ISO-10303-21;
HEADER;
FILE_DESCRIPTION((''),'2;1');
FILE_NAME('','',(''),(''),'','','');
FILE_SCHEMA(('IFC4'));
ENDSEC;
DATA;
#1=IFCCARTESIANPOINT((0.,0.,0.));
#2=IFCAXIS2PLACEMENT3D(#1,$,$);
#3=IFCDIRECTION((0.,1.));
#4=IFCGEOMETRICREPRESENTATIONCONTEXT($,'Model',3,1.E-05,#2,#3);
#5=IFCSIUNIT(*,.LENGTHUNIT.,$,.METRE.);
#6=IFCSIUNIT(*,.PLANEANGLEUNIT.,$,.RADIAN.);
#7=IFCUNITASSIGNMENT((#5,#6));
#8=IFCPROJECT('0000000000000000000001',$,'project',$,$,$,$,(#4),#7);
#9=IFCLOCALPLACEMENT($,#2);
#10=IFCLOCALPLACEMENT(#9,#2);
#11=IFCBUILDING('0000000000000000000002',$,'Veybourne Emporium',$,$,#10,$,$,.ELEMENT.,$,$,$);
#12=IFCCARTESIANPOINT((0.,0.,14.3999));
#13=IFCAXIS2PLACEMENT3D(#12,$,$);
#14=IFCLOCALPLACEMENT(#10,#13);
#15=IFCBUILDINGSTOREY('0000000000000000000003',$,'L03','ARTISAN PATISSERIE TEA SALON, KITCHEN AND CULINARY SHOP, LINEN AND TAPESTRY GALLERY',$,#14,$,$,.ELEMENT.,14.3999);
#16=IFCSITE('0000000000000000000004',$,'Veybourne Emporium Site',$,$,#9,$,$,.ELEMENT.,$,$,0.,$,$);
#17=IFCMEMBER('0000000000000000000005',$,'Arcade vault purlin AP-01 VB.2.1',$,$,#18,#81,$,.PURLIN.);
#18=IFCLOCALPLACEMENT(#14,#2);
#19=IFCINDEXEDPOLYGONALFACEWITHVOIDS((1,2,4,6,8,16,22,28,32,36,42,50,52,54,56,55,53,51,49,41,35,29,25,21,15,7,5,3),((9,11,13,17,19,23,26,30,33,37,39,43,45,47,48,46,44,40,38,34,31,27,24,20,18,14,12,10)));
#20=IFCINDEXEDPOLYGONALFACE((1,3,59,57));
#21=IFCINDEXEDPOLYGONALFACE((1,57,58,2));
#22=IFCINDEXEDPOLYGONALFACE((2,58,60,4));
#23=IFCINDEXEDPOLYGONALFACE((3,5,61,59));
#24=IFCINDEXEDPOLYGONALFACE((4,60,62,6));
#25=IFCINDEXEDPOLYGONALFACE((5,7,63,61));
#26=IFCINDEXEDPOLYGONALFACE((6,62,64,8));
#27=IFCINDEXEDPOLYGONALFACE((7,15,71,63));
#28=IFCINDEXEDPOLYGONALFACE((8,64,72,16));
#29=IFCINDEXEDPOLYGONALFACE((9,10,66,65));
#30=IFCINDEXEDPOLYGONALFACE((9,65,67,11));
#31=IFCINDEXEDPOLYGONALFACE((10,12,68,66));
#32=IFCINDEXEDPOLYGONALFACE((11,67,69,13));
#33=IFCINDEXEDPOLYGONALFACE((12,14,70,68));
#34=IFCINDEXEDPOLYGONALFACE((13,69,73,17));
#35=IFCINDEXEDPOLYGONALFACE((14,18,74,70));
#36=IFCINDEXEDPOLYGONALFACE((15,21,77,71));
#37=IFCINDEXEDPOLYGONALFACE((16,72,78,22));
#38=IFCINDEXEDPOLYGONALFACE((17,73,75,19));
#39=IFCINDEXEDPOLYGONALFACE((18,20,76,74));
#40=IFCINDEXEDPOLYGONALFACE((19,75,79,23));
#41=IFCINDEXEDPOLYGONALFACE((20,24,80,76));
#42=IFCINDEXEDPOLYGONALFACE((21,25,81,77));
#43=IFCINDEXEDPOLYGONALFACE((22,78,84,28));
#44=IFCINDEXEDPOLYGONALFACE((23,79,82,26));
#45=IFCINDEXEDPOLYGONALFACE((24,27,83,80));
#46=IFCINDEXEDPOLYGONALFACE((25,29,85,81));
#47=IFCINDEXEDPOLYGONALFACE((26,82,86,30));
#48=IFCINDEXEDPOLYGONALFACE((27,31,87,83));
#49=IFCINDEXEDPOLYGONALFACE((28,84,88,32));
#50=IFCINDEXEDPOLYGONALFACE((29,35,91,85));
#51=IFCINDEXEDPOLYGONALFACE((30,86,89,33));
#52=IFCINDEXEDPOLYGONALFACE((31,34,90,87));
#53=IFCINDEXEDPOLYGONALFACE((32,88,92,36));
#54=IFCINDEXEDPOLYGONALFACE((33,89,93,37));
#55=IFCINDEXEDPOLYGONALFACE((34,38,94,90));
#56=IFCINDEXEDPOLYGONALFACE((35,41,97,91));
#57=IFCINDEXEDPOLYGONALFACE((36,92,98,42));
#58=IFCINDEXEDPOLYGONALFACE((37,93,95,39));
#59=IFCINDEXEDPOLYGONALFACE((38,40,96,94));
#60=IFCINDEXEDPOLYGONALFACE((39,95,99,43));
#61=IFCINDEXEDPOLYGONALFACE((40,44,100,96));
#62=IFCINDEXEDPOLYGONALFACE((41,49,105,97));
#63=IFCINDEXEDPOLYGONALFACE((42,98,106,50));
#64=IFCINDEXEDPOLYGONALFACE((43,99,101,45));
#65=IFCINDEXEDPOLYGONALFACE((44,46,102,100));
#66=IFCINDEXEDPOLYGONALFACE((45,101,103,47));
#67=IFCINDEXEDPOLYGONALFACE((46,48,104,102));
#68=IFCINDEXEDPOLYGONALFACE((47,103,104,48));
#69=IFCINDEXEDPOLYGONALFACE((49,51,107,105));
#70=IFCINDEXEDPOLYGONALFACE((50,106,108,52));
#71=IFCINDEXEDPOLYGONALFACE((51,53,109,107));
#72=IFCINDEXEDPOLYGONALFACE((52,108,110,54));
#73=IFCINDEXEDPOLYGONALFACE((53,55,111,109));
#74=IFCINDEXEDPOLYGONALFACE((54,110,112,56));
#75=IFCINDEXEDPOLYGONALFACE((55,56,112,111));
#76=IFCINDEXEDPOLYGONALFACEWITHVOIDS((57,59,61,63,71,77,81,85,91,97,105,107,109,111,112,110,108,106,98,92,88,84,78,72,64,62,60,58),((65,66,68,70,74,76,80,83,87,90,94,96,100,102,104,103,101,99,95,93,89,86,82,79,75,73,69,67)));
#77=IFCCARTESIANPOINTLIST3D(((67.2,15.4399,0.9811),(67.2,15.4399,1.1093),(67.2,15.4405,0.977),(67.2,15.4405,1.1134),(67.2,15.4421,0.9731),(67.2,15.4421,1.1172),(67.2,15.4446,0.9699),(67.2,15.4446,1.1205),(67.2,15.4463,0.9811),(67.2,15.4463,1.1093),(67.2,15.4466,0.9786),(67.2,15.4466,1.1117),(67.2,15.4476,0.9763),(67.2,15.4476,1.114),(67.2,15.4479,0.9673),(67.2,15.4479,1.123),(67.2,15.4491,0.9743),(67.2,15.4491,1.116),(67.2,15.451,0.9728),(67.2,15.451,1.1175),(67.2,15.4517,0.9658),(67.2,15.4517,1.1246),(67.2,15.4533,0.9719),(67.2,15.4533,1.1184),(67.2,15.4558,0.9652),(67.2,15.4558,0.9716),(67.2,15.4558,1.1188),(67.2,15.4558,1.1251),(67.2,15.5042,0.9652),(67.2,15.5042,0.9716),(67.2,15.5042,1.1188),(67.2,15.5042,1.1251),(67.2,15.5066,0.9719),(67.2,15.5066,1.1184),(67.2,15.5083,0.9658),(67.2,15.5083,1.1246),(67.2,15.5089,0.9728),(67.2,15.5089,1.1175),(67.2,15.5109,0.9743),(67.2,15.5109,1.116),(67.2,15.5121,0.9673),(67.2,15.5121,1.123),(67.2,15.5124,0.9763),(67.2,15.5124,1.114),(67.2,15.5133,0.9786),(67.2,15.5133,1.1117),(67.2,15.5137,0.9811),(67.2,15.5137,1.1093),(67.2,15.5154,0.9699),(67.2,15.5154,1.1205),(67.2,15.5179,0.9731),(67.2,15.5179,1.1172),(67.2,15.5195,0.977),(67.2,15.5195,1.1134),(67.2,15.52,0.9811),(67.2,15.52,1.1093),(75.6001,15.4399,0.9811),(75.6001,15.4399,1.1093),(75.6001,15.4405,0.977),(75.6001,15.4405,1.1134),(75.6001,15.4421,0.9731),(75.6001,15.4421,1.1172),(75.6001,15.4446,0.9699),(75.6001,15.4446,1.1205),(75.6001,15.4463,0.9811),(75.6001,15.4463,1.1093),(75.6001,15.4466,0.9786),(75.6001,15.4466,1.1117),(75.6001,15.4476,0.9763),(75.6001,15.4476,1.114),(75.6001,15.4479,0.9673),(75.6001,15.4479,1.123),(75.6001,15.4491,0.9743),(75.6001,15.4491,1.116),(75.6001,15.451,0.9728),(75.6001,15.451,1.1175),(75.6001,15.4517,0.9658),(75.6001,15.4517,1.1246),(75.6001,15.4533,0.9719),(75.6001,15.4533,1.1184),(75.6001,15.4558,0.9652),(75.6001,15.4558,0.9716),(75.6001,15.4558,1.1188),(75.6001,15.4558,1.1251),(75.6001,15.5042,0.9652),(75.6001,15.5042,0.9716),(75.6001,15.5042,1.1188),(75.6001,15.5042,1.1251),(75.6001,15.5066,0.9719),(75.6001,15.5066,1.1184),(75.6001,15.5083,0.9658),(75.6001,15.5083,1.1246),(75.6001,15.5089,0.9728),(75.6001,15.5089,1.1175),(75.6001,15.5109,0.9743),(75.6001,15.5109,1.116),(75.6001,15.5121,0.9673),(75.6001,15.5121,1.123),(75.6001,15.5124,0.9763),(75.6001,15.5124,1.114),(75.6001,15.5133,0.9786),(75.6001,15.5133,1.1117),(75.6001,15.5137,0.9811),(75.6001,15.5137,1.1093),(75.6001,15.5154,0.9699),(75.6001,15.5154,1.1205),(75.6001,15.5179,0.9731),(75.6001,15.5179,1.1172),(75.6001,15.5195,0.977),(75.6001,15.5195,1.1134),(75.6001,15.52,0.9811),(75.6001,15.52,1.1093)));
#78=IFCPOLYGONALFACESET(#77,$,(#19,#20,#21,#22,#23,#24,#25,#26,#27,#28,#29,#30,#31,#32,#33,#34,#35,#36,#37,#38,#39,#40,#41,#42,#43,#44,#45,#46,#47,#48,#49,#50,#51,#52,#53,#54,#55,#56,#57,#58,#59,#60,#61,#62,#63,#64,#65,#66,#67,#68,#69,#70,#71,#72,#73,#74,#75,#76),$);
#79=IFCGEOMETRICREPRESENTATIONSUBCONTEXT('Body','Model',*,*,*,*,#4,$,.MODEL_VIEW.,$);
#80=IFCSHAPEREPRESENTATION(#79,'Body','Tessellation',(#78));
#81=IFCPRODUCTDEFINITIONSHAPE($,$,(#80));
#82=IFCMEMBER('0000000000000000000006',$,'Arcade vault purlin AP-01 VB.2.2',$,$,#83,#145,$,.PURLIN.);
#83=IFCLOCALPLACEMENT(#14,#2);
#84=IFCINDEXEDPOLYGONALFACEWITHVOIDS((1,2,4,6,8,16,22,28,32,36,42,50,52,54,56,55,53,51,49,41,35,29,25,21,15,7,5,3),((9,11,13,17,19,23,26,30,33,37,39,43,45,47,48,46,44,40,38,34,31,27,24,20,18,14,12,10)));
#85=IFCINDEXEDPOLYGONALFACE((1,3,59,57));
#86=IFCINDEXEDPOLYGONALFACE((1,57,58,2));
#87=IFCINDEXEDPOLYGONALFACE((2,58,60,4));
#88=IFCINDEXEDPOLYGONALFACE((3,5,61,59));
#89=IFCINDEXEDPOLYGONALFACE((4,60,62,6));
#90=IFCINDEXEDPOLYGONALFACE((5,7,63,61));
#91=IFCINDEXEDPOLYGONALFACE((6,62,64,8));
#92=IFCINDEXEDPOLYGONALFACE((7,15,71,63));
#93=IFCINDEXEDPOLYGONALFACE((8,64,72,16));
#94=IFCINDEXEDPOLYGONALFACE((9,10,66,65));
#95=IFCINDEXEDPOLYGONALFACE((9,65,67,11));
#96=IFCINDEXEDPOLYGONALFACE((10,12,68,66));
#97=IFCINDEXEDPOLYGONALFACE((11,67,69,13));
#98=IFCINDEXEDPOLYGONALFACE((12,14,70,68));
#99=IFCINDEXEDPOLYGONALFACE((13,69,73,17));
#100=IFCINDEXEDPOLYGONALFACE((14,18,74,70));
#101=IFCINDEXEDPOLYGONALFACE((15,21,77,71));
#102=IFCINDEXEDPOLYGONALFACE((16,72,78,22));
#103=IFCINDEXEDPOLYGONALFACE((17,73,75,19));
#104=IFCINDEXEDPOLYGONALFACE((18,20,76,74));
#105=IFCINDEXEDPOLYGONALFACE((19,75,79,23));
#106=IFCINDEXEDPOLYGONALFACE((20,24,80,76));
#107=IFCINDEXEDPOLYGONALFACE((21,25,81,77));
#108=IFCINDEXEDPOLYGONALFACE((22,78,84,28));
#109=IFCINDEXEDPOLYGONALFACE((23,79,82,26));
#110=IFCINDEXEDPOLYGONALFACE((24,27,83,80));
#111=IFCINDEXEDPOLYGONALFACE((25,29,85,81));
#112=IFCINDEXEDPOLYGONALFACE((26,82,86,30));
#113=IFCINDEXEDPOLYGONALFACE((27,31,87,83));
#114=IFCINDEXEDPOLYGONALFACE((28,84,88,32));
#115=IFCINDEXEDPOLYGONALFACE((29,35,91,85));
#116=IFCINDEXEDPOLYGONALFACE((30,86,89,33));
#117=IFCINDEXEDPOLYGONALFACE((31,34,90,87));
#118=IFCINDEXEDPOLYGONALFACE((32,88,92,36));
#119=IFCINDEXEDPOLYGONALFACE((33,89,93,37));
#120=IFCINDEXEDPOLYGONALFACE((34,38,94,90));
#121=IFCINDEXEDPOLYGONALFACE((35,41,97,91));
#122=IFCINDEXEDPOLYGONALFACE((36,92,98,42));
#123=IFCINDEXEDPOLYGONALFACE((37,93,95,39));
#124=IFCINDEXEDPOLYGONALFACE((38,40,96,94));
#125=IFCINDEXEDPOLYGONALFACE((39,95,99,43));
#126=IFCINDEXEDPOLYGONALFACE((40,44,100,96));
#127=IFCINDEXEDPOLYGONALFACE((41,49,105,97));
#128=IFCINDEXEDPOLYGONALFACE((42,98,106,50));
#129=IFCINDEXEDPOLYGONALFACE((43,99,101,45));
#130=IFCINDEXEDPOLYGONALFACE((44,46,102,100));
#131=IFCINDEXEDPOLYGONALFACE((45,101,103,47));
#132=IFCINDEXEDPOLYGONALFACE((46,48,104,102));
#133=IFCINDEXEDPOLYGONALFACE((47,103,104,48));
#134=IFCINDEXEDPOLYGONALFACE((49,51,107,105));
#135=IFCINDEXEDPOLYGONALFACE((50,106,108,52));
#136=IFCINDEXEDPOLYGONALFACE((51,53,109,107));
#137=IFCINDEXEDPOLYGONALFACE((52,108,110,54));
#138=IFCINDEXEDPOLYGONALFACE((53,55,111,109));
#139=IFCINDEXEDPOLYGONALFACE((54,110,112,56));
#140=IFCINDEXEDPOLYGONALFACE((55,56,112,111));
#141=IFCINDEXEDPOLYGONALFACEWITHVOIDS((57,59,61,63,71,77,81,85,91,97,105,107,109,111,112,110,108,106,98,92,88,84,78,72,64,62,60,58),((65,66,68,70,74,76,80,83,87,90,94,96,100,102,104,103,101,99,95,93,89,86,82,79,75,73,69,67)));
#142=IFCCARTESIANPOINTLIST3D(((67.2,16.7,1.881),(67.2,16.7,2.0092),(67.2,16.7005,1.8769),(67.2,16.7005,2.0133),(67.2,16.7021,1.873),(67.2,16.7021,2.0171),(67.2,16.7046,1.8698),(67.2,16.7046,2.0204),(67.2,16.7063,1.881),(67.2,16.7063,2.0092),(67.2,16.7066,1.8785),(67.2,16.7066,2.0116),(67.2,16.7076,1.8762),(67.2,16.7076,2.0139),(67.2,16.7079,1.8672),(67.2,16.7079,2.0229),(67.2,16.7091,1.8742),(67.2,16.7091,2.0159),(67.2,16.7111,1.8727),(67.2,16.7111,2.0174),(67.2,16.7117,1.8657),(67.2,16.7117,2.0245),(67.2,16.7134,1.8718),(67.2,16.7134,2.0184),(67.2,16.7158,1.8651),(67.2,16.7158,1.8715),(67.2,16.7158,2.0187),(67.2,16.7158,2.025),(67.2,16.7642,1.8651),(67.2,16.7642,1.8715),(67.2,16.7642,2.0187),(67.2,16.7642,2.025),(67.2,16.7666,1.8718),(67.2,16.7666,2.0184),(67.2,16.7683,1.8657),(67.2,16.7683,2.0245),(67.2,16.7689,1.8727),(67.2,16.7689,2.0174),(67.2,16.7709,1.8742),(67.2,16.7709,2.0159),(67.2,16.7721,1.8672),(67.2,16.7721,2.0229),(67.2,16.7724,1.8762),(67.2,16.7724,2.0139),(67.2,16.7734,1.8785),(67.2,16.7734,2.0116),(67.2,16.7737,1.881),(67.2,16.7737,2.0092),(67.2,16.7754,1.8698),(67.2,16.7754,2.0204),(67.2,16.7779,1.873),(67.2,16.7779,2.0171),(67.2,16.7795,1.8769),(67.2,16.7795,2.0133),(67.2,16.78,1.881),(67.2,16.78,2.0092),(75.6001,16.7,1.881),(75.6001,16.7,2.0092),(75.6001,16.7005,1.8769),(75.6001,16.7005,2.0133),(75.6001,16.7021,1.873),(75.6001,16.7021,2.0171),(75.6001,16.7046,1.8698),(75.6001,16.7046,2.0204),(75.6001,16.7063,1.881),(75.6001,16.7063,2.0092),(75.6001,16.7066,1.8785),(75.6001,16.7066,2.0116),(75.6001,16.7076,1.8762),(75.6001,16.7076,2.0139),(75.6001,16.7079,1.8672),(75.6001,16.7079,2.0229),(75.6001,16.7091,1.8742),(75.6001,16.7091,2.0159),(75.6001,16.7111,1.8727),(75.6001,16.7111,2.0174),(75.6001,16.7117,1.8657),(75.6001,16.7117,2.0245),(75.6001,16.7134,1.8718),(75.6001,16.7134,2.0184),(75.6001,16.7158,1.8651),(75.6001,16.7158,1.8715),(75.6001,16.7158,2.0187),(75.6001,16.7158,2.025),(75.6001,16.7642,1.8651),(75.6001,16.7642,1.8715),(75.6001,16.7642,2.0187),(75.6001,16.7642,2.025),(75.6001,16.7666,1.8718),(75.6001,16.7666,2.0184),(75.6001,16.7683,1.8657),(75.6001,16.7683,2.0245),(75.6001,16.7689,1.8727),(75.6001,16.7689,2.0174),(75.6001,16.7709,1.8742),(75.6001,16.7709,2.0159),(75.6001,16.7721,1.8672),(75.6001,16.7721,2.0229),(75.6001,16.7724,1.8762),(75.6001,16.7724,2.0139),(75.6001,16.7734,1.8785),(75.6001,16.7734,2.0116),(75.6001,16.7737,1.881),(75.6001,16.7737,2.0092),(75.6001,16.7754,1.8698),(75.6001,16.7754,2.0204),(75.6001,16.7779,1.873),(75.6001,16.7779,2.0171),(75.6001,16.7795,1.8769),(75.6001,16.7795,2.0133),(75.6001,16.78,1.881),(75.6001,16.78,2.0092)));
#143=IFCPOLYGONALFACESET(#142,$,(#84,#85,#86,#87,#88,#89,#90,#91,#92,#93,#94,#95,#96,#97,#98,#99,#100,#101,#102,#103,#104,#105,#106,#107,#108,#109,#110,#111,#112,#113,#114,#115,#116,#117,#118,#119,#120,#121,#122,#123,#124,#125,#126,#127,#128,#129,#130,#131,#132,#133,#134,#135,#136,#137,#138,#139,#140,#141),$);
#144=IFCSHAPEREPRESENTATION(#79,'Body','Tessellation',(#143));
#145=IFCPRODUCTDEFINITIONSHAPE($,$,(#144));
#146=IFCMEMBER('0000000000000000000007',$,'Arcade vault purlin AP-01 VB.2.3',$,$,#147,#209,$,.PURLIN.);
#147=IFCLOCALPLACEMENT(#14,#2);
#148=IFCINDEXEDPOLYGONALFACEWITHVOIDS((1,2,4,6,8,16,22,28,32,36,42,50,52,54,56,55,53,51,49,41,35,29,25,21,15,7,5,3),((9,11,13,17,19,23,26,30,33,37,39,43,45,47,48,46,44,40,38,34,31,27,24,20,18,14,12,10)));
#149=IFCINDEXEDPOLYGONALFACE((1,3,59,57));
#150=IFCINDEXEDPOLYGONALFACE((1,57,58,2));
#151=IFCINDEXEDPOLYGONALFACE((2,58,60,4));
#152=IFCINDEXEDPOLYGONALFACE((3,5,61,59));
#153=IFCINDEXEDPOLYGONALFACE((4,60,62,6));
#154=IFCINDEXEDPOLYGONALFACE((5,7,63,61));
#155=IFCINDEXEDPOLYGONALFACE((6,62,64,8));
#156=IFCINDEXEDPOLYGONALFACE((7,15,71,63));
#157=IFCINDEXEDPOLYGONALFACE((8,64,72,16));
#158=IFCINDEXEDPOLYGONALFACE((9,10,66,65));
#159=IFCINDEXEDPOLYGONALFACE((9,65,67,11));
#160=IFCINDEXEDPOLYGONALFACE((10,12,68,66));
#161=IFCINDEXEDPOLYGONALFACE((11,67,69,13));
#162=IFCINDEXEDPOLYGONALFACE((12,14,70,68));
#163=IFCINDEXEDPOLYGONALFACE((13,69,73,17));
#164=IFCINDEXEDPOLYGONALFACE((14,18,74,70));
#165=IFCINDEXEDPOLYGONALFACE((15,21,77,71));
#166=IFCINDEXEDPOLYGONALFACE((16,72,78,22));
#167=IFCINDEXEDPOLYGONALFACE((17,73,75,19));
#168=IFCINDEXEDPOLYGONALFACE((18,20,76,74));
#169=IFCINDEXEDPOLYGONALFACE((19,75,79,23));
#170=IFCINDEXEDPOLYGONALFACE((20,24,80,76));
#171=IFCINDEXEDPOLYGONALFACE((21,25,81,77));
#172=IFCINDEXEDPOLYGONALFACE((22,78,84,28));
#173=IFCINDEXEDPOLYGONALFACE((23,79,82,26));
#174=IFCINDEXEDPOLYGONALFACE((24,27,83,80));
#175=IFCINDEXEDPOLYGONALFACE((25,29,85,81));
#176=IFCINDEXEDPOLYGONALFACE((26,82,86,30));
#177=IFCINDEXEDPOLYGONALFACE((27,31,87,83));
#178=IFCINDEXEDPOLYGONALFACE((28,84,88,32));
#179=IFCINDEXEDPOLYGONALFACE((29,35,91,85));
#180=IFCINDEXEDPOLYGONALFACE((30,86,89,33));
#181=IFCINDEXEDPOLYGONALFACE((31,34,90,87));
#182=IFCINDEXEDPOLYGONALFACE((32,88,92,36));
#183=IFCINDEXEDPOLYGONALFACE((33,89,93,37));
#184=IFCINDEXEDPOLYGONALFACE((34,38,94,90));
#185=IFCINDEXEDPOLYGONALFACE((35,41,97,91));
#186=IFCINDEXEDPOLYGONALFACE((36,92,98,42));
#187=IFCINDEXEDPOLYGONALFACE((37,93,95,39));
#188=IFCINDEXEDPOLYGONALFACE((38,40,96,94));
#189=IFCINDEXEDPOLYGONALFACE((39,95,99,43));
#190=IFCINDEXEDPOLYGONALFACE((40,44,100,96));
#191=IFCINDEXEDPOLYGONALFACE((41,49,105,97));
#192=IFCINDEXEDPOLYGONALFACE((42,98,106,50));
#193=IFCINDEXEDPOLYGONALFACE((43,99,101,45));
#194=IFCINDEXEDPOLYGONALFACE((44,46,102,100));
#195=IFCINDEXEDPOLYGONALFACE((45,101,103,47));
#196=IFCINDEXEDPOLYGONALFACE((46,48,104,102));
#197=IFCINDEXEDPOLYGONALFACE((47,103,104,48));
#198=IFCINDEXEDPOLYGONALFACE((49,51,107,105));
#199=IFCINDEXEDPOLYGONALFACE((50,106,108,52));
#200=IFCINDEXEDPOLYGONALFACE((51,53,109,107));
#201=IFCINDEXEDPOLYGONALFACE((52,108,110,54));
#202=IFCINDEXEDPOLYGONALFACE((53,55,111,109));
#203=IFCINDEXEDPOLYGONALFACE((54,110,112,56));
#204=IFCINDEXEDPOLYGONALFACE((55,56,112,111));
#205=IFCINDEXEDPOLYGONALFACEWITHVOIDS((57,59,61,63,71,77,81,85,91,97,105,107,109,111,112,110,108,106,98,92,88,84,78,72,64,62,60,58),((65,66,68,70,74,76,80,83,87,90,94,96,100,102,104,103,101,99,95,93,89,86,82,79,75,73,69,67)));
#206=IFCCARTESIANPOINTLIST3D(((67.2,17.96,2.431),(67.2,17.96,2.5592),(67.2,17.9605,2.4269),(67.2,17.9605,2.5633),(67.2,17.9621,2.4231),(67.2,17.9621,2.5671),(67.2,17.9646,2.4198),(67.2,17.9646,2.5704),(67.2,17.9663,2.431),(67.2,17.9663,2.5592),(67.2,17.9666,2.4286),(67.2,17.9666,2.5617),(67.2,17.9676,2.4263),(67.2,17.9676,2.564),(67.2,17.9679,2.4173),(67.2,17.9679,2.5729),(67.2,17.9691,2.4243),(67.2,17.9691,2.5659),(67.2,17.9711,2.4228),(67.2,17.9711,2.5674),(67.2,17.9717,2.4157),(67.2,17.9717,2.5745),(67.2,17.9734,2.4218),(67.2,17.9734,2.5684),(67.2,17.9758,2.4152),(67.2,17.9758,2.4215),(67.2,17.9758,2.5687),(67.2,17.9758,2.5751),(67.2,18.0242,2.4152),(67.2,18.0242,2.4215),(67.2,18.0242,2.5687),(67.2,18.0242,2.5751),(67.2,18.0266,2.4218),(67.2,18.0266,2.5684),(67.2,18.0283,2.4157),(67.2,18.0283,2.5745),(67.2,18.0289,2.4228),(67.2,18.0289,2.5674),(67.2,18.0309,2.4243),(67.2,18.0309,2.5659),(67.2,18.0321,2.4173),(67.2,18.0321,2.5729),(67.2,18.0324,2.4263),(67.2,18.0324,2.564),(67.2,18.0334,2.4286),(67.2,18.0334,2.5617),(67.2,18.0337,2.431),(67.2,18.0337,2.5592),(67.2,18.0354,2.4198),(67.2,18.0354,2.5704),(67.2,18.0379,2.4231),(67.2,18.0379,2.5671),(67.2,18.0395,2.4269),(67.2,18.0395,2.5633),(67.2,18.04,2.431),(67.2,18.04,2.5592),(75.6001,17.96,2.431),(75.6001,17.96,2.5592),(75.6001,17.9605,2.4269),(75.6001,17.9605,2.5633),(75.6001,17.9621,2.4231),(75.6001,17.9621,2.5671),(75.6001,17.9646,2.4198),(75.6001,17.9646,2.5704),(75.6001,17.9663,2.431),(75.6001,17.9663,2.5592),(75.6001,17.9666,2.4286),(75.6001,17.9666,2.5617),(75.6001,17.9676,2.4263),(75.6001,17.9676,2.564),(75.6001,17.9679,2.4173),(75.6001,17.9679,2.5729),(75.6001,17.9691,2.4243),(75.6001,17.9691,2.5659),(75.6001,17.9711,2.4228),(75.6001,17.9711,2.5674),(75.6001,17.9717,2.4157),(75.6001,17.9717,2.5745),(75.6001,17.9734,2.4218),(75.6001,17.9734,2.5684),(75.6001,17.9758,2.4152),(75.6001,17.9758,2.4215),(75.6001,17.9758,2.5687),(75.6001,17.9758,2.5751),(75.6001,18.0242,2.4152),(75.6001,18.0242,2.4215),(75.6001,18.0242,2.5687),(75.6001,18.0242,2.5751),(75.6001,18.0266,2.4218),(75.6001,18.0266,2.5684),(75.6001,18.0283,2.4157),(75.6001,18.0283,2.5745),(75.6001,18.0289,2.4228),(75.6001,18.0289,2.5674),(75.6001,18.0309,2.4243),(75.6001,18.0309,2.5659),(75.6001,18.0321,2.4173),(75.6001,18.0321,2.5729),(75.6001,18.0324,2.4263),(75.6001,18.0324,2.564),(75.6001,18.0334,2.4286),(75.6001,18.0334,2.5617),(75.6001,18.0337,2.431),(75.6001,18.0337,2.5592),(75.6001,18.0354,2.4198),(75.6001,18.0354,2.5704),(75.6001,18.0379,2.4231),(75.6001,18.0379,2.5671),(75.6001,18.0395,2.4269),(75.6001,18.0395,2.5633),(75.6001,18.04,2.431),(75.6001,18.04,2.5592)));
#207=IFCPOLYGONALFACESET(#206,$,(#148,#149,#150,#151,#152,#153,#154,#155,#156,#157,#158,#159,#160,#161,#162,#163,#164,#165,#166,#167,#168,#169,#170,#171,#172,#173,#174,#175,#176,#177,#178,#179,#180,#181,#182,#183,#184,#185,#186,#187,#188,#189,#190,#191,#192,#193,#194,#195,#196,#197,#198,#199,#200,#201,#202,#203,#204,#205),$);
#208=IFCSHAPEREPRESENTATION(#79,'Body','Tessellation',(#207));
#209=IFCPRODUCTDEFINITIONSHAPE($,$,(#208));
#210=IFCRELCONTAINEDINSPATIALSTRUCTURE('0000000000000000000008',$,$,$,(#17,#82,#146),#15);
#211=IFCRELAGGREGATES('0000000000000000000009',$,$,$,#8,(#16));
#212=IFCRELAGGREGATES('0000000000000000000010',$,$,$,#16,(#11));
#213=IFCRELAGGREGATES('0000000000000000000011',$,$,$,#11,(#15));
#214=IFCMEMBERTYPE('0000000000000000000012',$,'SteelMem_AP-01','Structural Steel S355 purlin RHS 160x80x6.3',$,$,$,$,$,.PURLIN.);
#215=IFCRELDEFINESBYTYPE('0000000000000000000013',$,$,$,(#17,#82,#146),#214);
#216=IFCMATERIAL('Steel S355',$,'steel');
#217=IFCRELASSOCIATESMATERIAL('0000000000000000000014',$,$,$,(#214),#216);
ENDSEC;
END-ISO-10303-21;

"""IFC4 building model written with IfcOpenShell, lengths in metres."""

from ifc_helpers import new_model, si_unit, direction, frame, origin, origin_2d, place, context, subcontext, project, spatial, hollow_rectangle, extrude, material, material_profile, profile_set, type_object, element, save


model = new_model("IFC4")

# Units and contexts
model_context = context("Model", 3, precision=1e-05, world=origin(), true_north=direction((0.0, 1.0)))
body_context = subcontext(model_context, "Body", "Model", "MODEL_VIEW")
ifc_project = project(units=[si_unit("LENGTHUNIT", "METRE"), si_unit("PLANEANGLEUNIT", "RADIAN")], contexts=[model_context])

# Site, building, storey
site_placement = place(None, origin())
site = spatial("IfcSite", under=ifc_project, at=site_placement, Name="Veybourne Emporium Site", CompositionType="ELEMENT", RefElevation=0.0)
building_placement = place(site_placement, origin())
building = spatial("IfcBuilding", under=site, at=building_placement, Name="Veybourne Emporium", CompositionType="ELEMENT")
storey_placement = place(building_placement, frame((0.0, 0.0, 14.3999)))
storey = spatial("IfcBuildingStorey", under=building, at=storey_placement, Name="L03", Description="ARTISAN PATISSERIE TEA SALON, KITCHEN AND CULINARY SHOP, LINEN AND TAPESTRY GALLERY", CompositionType="ELEMENT", Elevation=14.3999)

# Shared definitions
ifc_material_1 = material(Name="Steel S355", Category="steel")

# Members
ifc_material_profile_1 = material_profile(ifc_material_1, hollow_rectangle(XDim=0.0801, YDim=0.1599, WallThickness=0.0063, InnerFilletRadius=0.0095, OuterFilletRadius=0.0159, at=origin_2d()), Name="RHS 160x80x6.3")
ifc_profile_set_1 = profile_set([ifc_material_profile_1], Name="Steel S355")
member_type = type_object("IfcMemberType", Name="SteelMem_AP-01", Description="Structural Steel S355 purlin RHS 160x80x6.3", PredefinedType="PURLIN", material=ifc_profile_set_1)
for number, where, z_axis, x_axis, name in (
    (1, (67.2, 15.48, 1.0452), (1.0, 0.0, 0.0), (0.0, 1.0, 0.0), "Arcade vault purlin AP-01 VB.2.1"),
    (2, (67.2, 16.74, 1.9451), (1.0, 0.0, 0.0), (0.0, 1.0, 0.0), "Arcade vault purlin AP-01 VB.2.2"),
    (3, (67.2, 18.0, 2.4951), (1.0, 0.0, 0.0), (0.0, 1.0, 0.0), "Arcade vault purlin AP-01 VB.2.3"),
):
    element("IfcMember", number, at=place(storey_placement, frame(where, z_axis=z_axis, x_axis=x_axis)), inside=storey, type_object=member_type, Name=name, PredefinedType="PURLIN", context=body_context, shape_type="SweptSolid", body=[
        extrude(hollow_rectangle(XDim=0.0801, YDim=0.1599, WallThickness=0.0063, InnerFilletRadius=0.0095, OuterFilletRadius=0.0159, at=origin_2d()), origin(), (0.0, 0.0, 1.0), 8.4001),
    ])

save(model, "model.ifc")
